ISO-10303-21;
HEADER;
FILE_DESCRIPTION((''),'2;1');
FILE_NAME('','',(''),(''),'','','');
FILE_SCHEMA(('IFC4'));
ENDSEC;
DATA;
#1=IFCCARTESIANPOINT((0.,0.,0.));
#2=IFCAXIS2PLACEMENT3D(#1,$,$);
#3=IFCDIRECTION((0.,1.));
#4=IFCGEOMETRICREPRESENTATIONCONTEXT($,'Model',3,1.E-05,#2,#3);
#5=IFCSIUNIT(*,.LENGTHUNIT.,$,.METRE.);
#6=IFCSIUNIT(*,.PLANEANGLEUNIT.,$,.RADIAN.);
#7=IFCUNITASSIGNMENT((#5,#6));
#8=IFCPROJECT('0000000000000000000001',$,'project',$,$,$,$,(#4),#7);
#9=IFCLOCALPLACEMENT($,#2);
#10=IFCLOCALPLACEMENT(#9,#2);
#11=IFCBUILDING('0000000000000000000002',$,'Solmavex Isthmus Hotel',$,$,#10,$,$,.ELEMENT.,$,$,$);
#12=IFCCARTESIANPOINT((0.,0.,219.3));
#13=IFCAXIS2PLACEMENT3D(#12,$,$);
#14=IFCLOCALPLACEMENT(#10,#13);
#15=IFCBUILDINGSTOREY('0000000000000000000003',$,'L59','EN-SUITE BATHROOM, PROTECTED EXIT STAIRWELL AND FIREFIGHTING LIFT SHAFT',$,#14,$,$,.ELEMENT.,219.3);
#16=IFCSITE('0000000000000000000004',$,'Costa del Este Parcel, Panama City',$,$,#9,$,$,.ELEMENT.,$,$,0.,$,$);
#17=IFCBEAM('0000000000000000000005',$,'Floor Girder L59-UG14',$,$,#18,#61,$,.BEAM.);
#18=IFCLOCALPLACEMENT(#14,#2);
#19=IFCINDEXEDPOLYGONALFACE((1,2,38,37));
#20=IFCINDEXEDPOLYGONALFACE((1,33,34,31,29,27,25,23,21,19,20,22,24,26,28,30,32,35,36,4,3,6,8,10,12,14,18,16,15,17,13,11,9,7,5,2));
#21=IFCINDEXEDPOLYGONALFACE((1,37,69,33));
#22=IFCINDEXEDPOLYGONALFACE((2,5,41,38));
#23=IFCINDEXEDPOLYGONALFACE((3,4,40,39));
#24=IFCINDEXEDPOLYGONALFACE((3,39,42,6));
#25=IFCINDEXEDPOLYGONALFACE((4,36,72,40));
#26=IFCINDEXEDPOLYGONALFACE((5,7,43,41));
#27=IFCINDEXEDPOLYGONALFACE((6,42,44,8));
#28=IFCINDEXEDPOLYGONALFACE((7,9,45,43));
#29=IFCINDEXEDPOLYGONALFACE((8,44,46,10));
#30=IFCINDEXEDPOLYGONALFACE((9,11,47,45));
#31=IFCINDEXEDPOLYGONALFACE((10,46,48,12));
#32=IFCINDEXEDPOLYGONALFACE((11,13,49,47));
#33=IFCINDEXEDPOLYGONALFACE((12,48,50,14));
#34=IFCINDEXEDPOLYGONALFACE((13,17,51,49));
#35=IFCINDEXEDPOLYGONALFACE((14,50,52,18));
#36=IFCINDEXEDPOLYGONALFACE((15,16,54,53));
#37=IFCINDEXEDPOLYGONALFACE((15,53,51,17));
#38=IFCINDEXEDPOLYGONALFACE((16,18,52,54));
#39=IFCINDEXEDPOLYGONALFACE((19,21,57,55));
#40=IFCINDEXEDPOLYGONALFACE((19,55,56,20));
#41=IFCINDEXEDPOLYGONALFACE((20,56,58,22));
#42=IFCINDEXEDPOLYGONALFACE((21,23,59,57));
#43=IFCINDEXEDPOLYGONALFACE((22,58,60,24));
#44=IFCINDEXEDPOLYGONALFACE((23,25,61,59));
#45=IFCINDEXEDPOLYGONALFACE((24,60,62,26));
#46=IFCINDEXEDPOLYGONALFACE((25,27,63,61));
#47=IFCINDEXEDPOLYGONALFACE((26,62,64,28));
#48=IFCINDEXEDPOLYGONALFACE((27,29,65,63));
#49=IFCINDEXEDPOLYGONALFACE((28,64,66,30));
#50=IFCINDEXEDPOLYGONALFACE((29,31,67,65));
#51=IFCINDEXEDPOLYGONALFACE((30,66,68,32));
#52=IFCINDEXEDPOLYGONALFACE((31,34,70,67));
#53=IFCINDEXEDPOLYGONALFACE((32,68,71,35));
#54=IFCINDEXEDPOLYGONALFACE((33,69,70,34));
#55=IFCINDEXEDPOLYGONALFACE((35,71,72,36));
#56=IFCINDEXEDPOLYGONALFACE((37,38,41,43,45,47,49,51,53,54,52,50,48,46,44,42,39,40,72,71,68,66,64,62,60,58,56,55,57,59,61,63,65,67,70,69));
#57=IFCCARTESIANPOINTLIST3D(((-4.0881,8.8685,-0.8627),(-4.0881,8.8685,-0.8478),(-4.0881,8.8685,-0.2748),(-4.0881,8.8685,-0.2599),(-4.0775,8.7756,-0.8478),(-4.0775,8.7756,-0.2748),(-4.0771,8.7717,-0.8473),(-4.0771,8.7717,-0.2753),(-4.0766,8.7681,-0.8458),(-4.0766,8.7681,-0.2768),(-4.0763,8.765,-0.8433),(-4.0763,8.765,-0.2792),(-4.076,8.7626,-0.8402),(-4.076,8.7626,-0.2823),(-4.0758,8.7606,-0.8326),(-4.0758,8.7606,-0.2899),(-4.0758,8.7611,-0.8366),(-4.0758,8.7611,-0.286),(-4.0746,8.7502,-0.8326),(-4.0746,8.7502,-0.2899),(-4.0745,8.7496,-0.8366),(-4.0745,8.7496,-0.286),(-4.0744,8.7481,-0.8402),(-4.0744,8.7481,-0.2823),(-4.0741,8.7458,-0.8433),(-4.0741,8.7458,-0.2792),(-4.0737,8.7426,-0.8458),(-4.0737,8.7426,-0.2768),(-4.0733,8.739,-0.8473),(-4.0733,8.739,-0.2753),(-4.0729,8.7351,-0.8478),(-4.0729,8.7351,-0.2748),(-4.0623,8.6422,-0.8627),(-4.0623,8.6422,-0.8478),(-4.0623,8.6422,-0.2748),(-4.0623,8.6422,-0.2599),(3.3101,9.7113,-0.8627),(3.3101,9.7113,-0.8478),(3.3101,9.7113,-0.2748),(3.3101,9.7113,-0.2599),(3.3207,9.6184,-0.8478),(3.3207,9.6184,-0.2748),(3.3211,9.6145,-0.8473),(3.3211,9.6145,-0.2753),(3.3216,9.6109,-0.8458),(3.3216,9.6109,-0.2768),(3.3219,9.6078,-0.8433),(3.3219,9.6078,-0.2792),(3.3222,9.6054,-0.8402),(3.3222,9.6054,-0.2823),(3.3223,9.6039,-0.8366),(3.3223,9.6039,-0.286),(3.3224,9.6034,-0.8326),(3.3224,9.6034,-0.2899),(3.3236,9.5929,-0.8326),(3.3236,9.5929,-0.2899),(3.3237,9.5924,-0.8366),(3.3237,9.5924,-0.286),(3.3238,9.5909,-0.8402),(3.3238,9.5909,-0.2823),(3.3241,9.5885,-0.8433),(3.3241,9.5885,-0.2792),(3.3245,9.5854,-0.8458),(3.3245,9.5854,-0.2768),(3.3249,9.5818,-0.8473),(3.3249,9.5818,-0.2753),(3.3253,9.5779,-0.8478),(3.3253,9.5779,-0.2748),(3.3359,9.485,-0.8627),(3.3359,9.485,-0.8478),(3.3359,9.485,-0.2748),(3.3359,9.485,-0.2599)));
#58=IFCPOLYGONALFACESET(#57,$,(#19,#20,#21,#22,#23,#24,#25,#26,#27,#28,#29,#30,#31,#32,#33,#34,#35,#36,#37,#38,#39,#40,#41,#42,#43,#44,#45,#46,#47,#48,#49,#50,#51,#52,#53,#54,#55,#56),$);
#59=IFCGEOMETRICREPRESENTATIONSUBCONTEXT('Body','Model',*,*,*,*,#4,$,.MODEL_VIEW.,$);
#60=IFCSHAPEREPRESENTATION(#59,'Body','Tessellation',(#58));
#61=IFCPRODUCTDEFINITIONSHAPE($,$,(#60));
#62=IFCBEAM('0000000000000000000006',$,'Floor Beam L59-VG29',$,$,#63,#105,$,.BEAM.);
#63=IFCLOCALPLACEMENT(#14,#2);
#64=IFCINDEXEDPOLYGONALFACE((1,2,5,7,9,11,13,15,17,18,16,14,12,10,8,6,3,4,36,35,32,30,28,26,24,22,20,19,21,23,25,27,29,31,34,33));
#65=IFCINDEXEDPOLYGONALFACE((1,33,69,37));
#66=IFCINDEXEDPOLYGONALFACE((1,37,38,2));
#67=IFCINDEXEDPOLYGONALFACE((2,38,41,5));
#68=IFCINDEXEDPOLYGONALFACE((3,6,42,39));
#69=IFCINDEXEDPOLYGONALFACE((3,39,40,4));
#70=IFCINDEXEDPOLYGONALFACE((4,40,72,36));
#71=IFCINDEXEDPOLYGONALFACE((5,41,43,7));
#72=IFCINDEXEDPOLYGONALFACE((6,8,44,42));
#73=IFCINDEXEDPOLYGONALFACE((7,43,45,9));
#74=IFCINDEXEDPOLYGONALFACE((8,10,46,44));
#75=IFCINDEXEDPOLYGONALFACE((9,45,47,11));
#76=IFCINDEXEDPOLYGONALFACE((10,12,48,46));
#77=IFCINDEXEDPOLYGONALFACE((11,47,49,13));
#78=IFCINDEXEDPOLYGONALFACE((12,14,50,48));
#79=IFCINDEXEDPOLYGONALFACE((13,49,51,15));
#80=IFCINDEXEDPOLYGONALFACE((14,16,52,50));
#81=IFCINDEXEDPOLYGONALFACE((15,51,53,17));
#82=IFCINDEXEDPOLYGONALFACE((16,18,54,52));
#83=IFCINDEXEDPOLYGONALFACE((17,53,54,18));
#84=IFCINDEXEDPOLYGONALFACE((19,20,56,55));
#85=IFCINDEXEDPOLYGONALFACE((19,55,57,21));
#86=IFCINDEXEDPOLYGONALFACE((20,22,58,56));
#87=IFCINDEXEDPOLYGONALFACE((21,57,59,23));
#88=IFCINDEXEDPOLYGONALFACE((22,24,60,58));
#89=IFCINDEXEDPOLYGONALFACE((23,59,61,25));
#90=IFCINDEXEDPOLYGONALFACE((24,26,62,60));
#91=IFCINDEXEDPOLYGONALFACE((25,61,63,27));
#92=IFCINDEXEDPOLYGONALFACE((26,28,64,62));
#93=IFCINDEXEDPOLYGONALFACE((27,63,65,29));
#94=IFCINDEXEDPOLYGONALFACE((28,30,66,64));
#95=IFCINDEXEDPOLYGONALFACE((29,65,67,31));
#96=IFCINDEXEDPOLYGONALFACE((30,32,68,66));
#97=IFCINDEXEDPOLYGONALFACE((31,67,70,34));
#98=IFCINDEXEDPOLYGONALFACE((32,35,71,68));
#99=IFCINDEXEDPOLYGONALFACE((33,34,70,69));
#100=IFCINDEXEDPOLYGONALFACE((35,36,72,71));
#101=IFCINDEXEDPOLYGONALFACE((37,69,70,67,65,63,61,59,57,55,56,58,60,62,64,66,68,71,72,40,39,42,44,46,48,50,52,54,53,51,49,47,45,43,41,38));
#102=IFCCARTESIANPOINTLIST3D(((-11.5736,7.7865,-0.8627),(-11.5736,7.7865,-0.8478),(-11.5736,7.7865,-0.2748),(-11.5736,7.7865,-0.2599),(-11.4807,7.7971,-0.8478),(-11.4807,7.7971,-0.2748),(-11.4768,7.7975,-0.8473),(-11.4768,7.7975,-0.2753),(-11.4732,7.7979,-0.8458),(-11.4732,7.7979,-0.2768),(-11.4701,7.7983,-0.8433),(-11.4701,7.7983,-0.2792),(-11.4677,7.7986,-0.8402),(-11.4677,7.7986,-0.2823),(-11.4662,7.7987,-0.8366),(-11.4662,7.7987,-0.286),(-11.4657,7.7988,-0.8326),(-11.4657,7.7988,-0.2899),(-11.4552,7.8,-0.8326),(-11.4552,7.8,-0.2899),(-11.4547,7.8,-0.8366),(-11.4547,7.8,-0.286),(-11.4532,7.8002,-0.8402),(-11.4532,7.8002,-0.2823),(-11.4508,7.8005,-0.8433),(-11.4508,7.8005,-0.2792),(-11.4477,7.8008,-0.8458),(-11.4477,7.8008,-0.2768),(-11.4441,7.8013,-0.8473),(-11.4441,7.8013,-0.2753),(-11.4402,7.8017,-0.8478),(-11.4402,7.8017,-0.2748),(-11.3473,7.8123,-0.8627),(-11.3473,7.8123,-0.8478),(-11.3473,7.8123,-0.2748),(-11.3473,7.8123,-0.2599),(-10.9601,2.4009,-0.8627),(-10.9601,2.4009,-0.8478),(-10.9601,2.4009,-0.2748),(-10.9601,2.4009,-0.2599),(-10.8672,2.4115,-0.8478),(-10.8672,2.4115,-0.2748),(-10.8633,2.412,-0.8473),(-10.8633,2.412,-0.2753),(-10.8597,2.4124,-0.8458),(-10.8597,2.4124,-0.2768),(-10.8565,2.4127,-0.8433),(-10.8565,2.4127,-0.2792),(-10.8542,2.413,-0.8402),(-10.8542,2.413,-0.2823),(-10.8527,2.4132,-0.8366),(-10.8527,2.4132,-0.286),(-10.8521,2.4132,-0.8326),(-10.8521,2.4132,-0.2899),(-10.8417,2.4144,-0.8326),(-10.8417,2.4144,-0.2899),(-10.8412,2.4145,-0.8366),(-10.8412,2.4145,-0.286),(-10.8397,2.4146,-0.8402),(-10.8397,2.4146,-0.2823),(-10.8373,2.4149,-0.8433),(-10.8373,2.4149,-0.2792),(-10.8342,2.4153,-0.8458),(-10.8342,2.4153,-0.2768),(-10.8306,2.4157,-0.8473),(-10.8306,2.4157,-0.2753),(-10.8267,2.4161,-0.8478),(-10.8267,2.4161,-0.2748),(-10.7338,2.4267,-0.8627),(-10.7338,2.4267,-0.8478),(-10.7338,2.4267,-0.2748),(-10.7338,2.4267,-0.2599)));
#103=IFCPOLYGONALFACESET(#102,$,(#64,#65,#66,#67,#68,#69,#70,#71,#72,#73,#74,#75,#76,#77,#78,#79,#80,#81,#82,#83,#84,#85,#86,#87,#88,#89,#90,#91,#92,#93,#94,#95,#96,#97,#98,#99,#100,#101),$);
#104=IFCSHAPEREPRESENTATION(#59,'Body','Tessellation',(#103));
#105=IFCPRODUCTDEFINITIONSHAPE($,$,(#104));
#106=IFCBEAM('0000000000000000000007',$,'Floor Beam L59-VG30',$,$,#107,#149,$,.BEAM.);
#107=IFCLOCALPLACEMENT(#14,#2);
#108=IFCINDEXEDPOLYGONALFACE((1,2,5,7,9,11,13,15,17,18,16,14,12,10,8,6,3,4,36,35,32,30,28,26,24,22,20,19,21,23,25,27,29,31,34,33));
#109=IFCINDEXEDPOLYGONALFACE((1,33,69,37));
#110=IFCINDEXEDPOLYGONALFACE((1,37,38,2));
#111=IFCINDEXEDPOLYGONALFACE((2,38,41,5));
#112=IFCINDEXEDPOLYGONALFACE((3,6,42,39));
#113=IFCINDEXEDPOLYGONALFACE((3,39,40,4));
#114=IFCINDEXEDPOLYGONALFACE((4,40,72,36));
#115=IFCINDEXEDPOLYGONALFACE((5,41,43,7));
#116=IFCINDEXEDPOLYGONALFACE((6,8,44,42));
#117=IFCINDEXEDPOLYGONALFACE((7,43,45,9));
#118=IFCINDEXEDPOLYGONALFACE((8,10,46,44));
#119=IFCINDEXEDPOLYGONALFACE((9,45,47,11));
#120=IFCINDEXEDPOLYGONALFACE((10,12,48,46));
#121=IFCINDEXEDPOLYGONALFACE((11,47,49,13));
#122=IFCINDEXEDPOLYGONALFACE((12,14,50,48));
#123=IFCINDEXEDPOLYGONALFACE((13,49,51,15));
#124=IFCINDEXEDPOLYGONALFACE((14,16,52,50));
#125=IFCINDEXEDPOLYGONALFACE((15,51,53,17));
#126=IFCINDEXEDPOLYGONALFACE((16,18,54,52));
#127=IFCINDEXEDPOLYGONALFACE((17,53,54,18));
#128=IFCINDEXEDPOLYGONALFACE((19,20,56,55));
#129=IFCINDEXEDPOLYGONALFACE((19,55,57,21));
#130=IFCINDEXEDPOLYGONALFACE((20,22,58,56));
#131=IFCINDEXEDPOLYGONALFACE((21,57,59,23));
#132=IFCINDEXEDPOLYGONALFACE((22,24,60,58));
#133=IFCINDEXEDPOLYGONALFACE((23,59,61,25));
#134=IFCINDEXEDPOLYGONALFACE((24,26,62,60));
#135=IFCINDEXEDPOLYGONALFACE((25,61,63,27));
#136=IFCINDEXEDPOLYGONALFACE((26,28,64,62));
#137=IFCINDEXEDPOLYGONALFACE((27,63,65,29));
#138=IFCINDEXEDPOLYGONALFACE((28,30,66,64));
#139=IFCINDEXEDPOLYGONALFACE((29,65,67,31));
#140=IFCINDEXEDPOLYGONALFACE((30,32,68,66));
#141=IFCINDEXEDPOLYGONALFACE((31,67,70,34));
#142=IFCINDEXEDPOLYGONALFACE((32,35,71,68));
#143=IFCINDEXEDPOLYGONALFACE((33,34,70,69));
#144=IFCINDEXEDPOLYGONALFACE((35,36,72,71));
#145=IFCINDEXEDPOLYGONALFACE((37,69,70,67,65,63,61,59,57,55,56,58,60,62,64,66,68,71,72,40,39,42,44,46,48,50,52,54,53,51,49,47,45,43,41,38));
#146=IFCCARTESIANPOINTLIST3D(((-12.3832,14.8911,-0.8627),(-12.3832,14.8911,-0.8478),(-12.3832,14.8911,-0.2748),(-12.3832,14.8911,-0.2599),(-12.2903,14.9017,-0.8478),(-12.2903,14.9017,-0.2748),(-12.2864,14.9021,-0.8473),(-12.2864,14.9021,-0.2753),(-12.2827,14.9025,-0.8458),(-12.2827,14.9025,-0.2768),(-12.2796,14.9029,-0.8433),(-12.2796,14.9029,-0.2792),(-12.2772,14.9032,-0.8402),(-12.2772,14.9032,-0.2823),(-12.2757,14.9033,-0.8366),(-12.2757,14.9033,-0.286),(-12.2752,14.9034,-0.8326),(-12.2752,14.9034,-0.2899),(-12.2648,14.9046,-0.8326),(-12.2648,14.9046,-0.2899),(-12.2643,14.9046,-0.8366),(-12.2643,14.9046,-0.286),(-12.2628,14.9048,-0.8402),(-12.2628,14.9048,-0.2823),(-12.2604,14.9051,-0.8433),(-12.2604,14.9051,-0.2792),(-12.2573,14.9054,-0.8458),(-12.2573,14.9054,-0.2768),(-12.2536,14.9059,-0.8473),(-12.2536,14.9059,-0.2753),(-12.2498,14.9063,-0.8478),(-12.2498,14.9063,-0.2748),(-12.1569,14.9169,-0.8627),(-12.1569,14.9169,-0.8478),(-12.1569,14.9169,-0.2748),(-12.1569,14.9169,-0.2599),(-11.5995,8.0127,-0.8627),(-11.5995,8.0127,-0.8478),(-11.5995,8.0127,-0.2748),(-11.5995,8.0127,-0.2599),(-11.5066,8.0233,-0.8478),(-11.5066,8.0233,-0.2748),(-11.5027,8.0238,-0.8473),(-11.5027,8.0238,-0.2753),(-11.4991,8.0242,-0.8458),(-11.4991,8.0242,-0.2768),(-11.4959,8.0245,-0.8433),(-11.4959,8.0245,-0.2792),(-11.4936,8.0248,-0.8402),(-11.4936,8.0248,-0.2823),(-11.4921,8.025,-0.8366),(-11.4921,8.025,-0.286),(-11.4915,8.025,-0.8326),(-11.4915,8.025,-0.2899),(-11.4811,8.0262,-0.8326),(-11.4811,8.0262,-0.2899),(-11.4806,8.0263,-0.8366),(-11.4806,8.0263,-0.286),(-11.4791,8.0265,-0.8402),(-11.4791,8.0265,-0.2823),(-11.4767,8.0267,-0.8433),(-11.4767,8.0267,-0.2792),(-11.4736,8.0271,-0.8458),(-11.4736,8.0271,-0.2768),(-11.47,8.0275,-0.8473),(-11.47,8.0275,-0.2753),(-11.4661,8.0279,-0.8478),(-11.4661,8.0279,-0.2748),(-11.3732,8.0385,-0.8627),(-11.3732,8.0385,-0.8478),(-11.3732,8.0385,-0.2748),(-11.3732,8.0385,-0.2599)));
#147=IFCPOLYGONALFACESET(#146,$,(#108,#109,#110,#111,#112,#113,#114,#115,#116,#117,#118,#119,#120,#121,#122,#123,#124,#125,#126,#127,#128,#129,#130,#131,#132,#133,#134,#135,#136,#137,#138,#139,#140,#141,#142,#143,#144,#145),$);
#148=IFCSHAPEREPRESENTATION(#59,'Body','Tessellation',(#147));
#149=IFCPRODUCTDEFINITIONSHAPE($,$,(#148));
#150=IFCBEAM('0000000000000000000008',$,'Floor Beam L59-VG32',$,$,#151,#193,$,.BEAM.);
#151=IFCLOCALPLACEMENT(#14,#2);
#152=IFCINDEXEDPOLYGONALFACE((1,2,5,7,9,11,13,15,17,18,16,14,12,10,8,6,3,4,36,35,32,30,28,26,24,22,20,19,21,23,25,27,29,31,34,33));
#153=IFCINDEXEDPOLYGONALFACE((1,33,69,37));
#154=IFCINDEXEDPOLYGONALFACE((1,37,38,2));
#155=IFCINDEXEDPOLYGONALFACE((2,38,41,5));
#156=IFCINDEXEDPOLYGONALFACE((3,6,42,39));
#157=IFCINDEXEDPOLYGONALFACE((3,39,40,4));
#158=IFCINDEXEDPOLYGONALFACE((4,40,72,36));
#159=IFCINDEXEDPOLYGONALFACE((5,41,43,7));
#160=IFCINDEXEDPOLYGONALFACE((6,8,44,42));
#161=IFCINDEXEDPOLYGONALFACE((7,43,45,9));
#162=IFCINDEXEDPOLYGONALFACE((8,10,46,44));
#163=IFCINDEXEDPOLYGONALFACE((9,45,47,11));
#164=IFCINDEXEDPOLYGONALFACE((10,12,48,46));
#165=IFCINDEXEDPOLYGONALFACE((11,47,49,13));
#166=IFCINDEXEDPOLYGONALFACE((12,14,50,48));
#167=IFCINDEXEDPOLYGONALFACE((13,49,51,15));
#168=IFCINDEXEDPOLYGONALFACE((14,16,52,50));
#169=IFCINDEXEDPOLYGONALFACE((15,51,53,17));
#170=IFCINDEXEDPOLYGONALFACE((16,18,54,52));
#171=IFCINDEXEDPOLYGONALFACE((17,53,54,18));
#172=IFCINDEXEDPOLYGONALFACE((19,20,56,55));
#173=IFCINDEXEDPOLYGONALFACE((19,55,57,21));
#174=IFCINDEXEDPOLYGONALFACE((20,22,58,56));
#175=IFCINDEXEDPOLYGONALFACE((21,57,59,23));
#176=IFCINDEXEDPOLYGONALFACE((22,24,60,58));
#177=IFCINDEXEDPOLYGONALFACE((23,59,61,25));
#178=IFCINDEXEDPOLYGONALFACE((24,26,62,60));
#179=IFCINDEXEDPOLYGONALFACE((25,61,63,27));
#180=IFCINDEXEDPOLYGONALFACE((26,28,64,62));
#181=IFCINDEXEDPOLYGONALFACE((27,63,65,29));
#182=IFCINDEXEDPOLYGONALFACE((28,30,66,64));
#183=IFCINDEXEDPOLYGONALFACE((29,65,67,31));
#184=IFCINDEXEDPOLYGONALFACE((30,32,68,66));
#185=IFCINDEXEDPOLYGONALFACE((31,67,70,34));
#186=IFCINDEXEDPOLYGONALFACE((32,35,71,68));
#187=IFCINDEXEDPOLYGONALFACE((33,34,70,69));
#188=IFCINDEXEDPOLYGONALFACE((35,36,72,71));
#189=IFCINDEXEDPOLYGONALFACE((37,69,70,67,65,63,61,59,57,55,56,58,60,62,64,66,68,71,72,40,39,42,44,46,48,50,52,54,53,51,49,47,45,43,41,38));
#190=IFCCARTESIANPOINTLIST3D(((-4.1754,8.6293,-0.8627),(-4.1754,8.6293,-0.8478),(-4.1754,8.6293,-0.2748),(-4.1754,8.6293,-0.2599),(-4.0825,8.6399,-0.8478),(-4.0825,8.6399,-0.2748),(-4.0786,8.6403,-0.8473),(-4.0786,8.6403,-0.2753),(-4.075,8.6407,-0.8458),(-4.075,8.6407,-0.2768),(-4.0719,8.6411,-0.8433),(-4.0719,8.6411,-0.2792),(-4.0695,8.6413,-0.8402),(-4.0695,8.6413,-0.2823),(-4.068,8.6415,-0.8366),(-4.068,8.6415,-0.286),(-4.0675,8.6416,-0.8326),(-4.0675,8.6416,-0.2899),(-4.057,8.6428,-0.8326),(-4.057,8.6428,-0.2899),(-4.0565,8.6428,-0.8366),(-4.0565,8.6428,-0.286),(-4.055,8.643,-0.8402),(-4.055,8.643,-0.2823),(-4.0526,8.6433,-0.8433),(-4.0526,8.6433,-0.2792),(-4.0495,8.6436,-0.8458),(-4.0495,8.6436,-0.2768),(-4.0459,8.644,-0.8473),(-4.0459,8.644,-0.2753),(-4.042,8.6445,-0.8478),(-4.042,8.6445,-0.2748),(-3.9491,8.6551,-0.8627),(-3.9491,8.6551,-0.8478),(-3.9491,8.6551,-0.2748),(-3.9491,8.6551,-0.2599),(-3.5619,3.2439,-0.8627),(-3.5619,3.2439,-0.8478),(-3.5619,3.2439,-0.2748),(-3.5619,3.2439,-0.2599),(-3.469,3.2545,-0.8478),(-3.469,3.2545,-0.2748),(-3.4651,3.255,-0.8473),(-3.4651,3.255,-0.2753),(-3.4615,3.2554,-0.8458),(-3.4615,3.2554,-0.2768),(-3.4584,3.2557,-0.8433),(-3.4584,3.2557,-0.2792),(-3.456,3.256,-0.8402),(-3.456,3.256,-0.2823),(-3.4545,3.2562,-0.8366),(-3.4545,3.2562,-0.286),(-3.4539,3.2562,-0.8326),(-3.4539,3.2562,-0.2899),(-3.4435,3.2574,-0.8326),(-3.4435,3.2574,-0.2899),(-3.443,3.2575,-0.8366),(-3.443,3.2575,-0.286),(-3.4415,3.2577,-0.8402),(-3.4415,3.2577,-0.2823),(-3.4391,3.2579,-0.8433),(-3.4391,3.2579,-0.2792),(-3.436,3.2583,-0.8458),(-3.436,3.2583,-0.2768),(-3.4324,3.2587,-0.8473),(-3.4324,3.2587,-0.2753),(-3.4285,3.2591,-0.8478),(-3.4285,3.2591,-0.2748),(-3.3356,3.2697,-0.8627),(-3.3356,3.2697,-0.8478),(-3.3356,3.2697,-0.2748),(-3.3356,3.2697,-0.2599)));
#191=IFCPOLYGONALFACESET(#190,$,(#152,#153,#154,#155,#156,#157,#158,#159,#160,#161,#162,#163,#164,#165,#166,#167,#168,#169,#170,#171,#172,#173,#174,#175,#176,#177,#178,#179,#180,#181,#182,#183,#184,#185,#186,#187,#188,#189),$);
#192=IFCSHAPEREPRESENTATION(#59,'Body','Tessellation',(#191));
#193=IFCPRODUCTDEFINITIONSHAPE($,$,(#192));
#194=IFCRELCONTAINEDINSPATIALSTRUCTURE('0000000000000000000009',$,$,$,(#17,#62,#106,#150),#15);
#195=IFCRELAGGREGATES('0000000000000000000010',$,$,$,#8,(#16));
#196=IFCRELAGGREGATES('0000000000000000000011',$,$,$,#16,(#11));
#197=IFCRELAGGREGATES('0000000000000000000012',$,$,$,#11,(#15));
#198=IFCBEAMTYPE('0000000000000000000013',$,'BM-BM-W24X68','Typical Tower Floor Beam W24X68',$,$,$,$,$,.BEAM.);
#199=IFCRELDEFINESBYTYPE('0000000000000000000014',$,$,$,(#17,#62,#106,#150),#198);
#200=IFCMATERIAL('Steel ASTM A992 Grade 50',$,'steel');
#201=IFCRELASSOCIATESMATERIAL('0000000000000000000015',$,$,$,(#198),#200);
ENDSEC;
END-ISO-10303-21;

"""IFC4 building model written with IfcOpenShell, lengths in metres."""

from ifc_helpers import new_model, si_unit, direction, frame, origin, origin_2d, place, context, subcontext, project, spatial, i_section, extrude, material, material_profile, profile_set, type_object, element, save


model = new_model("IFC4")

# Units and contexts
model_context = context("Model", 3, precision=1e-05, world=origin(), true_north=direction((0.0, 1.0)))
body_context = subcontext(model_context, "Body", "Model", "MODEL_VIEW")
ifc_project = project(units=[si_unit("LENGTHUNIT", "METRE"), si_unit("PLANEANGLEUNIT", "RADIAN")], contexts=[model_context])

# Site, building, storey
site_placement = place(None, origin())
site = spatial("IfcSite", under=ifc_project, at=site_placement, Name="Costa del Este Parcel, Panama City", CompositionType="ELEMENT", RefElevation=0.0)
building_placement = place(site_placement, origin())
building = spatial("IfcBuilding", under=site, at=building_placement, Name="Solmavex Isthmus Hotel", CompositionType="ELEMENT")
storey_placement = place(building_placement, frame((0.0, 0.0, 219.3)))
storey = spatial("IfcBuildingStorey", under=building, at=storey_placement, Name="L59", Description="EN-SUITE BATHROOM, PROTECTED EXIT STAIRWELL AND FIREFIGHTING LIFT SHAFT", CompositionType="ELEMENT", Elevation=219.3)

# Beams
ifc_material_1 = material(Name="Steel ASTM A992 Grade 50", Category="steel")
ifc_material_profile_1 = material_profile(ifc_material_1, i_section(OverallWidth=0.2278, OverallDepth=0.6028, WebThickness=0.0105, FlangeThickness=0.0149, FilletRadius=0.0151, at=origin_2d()), Name="W24X68")
ifc_profile_set_1 = profile_set([ifc_material_profile_1], Name="Steel ASTM A992 Grade 50")
beam_type_1 = type_object("IfcBeamType", Name="BM-BM-W24X68", Description="Typical Tower Floor Beam W24X68", PredefinedType="BEAM", material=ifc_profile_set_1)
for number, where, z_axis, x_axis, name in (
    (1, (-4.0752, 8.7554, -0.5613), (0.993574, 0.113184, 0.0), (-0.113184, 0.993574, 0.0), "Floor Girder L59-UG14"),
):
    element("IfcBeam", number, at=place(storey_placement, frame(where, z_axis=z_axis, x_axis=x_axis)), inside=storey, type_object=beam_type_1, Name=name, PredefinedType="BEAM", context=body_context, shape_type="SweptSolid", body=[
        extrude(i_section(OverallWidth=0.2278, OverallDepth=0.6028, WebThickness=0.0105, FlangeThickness=0.0149, FilletRadius=0.0151, at=origin_2d()), origin(), (0.0, 0.0, 1.0), 7.446),
    ])
beam_1_placement = place(storey_placement, frame((-10.8469, 2.4138, -0.5613), z_axis=(-0.11319, 0.993573, 0.0), x_axis=(-0.993573, -0.11319, 0.0)))
element("IfcBeam", 2, at=beam_1_placement, inside=storey, type_object=beam_type_1, Name="Floor Beam L59-VG29", PredefinedType="BEAM", context=body_context, shape_type="SweptSolid", body=[
    extrude(i_section(OverallWidth=0.2278, OverallDepth=0.6028, WebThickness=0.0105, FlangeThickness=0.0149, FilletRadius=0.0151, at=origin_2d()), origin(), (0.0, 0.0, 1.0), 5.4204),
])
beam_2_placement = place(storey_placement, frame((-11.4863, 8.0256, -0.5613), z_axis=(-0.113202, 0.993572, 0.0), x_axis=(-0.993572, -0.113202, 0.0)))
element("IfcBeam", 3, at=beam_2_placement, inside=storey, type_object=beam_type_1, Name="Floor Beam L59-VG30", PredefinedType="BEAM", context=body_context, shape_type="SweptSolid", body=[
    extrude(i_section(OverallWidth=0.2278, OverallDepth=0.6028, WebThickness=0.0105, FlangeThickness=0.0149, FilletRadius=0.0151, at=origin_2d()), origin(), (0.0, 0.0, 1.0), 6.9229),
])
beam_3_placement = place(storey_placement, frame((-3.4487, 3.2568, -0.5613), z_axis=(-0.113195, 0.993573, 0.0), x_axis=(-0.993573, -0.113195, 0.0)))
element("IfcBeam", 4, at=beam_3_placement, inside=storey, type_object=beam_type_1, Name="Floor Beam L59-VG32", PredefinedType="BEAM", context=body_context, shape_type="SweptSolid", body=[
    extrude(i_section(OverallWidth=0.2278, OverallDepth=0.6028, WebThickness=0.0105, FlangeThickness=0.0149, FilletRadius=0.0151, at=origin_2d()), origin(), (0.0, 0.0, 1.0), 5.4202),
])

save(model, "model.ifc")
